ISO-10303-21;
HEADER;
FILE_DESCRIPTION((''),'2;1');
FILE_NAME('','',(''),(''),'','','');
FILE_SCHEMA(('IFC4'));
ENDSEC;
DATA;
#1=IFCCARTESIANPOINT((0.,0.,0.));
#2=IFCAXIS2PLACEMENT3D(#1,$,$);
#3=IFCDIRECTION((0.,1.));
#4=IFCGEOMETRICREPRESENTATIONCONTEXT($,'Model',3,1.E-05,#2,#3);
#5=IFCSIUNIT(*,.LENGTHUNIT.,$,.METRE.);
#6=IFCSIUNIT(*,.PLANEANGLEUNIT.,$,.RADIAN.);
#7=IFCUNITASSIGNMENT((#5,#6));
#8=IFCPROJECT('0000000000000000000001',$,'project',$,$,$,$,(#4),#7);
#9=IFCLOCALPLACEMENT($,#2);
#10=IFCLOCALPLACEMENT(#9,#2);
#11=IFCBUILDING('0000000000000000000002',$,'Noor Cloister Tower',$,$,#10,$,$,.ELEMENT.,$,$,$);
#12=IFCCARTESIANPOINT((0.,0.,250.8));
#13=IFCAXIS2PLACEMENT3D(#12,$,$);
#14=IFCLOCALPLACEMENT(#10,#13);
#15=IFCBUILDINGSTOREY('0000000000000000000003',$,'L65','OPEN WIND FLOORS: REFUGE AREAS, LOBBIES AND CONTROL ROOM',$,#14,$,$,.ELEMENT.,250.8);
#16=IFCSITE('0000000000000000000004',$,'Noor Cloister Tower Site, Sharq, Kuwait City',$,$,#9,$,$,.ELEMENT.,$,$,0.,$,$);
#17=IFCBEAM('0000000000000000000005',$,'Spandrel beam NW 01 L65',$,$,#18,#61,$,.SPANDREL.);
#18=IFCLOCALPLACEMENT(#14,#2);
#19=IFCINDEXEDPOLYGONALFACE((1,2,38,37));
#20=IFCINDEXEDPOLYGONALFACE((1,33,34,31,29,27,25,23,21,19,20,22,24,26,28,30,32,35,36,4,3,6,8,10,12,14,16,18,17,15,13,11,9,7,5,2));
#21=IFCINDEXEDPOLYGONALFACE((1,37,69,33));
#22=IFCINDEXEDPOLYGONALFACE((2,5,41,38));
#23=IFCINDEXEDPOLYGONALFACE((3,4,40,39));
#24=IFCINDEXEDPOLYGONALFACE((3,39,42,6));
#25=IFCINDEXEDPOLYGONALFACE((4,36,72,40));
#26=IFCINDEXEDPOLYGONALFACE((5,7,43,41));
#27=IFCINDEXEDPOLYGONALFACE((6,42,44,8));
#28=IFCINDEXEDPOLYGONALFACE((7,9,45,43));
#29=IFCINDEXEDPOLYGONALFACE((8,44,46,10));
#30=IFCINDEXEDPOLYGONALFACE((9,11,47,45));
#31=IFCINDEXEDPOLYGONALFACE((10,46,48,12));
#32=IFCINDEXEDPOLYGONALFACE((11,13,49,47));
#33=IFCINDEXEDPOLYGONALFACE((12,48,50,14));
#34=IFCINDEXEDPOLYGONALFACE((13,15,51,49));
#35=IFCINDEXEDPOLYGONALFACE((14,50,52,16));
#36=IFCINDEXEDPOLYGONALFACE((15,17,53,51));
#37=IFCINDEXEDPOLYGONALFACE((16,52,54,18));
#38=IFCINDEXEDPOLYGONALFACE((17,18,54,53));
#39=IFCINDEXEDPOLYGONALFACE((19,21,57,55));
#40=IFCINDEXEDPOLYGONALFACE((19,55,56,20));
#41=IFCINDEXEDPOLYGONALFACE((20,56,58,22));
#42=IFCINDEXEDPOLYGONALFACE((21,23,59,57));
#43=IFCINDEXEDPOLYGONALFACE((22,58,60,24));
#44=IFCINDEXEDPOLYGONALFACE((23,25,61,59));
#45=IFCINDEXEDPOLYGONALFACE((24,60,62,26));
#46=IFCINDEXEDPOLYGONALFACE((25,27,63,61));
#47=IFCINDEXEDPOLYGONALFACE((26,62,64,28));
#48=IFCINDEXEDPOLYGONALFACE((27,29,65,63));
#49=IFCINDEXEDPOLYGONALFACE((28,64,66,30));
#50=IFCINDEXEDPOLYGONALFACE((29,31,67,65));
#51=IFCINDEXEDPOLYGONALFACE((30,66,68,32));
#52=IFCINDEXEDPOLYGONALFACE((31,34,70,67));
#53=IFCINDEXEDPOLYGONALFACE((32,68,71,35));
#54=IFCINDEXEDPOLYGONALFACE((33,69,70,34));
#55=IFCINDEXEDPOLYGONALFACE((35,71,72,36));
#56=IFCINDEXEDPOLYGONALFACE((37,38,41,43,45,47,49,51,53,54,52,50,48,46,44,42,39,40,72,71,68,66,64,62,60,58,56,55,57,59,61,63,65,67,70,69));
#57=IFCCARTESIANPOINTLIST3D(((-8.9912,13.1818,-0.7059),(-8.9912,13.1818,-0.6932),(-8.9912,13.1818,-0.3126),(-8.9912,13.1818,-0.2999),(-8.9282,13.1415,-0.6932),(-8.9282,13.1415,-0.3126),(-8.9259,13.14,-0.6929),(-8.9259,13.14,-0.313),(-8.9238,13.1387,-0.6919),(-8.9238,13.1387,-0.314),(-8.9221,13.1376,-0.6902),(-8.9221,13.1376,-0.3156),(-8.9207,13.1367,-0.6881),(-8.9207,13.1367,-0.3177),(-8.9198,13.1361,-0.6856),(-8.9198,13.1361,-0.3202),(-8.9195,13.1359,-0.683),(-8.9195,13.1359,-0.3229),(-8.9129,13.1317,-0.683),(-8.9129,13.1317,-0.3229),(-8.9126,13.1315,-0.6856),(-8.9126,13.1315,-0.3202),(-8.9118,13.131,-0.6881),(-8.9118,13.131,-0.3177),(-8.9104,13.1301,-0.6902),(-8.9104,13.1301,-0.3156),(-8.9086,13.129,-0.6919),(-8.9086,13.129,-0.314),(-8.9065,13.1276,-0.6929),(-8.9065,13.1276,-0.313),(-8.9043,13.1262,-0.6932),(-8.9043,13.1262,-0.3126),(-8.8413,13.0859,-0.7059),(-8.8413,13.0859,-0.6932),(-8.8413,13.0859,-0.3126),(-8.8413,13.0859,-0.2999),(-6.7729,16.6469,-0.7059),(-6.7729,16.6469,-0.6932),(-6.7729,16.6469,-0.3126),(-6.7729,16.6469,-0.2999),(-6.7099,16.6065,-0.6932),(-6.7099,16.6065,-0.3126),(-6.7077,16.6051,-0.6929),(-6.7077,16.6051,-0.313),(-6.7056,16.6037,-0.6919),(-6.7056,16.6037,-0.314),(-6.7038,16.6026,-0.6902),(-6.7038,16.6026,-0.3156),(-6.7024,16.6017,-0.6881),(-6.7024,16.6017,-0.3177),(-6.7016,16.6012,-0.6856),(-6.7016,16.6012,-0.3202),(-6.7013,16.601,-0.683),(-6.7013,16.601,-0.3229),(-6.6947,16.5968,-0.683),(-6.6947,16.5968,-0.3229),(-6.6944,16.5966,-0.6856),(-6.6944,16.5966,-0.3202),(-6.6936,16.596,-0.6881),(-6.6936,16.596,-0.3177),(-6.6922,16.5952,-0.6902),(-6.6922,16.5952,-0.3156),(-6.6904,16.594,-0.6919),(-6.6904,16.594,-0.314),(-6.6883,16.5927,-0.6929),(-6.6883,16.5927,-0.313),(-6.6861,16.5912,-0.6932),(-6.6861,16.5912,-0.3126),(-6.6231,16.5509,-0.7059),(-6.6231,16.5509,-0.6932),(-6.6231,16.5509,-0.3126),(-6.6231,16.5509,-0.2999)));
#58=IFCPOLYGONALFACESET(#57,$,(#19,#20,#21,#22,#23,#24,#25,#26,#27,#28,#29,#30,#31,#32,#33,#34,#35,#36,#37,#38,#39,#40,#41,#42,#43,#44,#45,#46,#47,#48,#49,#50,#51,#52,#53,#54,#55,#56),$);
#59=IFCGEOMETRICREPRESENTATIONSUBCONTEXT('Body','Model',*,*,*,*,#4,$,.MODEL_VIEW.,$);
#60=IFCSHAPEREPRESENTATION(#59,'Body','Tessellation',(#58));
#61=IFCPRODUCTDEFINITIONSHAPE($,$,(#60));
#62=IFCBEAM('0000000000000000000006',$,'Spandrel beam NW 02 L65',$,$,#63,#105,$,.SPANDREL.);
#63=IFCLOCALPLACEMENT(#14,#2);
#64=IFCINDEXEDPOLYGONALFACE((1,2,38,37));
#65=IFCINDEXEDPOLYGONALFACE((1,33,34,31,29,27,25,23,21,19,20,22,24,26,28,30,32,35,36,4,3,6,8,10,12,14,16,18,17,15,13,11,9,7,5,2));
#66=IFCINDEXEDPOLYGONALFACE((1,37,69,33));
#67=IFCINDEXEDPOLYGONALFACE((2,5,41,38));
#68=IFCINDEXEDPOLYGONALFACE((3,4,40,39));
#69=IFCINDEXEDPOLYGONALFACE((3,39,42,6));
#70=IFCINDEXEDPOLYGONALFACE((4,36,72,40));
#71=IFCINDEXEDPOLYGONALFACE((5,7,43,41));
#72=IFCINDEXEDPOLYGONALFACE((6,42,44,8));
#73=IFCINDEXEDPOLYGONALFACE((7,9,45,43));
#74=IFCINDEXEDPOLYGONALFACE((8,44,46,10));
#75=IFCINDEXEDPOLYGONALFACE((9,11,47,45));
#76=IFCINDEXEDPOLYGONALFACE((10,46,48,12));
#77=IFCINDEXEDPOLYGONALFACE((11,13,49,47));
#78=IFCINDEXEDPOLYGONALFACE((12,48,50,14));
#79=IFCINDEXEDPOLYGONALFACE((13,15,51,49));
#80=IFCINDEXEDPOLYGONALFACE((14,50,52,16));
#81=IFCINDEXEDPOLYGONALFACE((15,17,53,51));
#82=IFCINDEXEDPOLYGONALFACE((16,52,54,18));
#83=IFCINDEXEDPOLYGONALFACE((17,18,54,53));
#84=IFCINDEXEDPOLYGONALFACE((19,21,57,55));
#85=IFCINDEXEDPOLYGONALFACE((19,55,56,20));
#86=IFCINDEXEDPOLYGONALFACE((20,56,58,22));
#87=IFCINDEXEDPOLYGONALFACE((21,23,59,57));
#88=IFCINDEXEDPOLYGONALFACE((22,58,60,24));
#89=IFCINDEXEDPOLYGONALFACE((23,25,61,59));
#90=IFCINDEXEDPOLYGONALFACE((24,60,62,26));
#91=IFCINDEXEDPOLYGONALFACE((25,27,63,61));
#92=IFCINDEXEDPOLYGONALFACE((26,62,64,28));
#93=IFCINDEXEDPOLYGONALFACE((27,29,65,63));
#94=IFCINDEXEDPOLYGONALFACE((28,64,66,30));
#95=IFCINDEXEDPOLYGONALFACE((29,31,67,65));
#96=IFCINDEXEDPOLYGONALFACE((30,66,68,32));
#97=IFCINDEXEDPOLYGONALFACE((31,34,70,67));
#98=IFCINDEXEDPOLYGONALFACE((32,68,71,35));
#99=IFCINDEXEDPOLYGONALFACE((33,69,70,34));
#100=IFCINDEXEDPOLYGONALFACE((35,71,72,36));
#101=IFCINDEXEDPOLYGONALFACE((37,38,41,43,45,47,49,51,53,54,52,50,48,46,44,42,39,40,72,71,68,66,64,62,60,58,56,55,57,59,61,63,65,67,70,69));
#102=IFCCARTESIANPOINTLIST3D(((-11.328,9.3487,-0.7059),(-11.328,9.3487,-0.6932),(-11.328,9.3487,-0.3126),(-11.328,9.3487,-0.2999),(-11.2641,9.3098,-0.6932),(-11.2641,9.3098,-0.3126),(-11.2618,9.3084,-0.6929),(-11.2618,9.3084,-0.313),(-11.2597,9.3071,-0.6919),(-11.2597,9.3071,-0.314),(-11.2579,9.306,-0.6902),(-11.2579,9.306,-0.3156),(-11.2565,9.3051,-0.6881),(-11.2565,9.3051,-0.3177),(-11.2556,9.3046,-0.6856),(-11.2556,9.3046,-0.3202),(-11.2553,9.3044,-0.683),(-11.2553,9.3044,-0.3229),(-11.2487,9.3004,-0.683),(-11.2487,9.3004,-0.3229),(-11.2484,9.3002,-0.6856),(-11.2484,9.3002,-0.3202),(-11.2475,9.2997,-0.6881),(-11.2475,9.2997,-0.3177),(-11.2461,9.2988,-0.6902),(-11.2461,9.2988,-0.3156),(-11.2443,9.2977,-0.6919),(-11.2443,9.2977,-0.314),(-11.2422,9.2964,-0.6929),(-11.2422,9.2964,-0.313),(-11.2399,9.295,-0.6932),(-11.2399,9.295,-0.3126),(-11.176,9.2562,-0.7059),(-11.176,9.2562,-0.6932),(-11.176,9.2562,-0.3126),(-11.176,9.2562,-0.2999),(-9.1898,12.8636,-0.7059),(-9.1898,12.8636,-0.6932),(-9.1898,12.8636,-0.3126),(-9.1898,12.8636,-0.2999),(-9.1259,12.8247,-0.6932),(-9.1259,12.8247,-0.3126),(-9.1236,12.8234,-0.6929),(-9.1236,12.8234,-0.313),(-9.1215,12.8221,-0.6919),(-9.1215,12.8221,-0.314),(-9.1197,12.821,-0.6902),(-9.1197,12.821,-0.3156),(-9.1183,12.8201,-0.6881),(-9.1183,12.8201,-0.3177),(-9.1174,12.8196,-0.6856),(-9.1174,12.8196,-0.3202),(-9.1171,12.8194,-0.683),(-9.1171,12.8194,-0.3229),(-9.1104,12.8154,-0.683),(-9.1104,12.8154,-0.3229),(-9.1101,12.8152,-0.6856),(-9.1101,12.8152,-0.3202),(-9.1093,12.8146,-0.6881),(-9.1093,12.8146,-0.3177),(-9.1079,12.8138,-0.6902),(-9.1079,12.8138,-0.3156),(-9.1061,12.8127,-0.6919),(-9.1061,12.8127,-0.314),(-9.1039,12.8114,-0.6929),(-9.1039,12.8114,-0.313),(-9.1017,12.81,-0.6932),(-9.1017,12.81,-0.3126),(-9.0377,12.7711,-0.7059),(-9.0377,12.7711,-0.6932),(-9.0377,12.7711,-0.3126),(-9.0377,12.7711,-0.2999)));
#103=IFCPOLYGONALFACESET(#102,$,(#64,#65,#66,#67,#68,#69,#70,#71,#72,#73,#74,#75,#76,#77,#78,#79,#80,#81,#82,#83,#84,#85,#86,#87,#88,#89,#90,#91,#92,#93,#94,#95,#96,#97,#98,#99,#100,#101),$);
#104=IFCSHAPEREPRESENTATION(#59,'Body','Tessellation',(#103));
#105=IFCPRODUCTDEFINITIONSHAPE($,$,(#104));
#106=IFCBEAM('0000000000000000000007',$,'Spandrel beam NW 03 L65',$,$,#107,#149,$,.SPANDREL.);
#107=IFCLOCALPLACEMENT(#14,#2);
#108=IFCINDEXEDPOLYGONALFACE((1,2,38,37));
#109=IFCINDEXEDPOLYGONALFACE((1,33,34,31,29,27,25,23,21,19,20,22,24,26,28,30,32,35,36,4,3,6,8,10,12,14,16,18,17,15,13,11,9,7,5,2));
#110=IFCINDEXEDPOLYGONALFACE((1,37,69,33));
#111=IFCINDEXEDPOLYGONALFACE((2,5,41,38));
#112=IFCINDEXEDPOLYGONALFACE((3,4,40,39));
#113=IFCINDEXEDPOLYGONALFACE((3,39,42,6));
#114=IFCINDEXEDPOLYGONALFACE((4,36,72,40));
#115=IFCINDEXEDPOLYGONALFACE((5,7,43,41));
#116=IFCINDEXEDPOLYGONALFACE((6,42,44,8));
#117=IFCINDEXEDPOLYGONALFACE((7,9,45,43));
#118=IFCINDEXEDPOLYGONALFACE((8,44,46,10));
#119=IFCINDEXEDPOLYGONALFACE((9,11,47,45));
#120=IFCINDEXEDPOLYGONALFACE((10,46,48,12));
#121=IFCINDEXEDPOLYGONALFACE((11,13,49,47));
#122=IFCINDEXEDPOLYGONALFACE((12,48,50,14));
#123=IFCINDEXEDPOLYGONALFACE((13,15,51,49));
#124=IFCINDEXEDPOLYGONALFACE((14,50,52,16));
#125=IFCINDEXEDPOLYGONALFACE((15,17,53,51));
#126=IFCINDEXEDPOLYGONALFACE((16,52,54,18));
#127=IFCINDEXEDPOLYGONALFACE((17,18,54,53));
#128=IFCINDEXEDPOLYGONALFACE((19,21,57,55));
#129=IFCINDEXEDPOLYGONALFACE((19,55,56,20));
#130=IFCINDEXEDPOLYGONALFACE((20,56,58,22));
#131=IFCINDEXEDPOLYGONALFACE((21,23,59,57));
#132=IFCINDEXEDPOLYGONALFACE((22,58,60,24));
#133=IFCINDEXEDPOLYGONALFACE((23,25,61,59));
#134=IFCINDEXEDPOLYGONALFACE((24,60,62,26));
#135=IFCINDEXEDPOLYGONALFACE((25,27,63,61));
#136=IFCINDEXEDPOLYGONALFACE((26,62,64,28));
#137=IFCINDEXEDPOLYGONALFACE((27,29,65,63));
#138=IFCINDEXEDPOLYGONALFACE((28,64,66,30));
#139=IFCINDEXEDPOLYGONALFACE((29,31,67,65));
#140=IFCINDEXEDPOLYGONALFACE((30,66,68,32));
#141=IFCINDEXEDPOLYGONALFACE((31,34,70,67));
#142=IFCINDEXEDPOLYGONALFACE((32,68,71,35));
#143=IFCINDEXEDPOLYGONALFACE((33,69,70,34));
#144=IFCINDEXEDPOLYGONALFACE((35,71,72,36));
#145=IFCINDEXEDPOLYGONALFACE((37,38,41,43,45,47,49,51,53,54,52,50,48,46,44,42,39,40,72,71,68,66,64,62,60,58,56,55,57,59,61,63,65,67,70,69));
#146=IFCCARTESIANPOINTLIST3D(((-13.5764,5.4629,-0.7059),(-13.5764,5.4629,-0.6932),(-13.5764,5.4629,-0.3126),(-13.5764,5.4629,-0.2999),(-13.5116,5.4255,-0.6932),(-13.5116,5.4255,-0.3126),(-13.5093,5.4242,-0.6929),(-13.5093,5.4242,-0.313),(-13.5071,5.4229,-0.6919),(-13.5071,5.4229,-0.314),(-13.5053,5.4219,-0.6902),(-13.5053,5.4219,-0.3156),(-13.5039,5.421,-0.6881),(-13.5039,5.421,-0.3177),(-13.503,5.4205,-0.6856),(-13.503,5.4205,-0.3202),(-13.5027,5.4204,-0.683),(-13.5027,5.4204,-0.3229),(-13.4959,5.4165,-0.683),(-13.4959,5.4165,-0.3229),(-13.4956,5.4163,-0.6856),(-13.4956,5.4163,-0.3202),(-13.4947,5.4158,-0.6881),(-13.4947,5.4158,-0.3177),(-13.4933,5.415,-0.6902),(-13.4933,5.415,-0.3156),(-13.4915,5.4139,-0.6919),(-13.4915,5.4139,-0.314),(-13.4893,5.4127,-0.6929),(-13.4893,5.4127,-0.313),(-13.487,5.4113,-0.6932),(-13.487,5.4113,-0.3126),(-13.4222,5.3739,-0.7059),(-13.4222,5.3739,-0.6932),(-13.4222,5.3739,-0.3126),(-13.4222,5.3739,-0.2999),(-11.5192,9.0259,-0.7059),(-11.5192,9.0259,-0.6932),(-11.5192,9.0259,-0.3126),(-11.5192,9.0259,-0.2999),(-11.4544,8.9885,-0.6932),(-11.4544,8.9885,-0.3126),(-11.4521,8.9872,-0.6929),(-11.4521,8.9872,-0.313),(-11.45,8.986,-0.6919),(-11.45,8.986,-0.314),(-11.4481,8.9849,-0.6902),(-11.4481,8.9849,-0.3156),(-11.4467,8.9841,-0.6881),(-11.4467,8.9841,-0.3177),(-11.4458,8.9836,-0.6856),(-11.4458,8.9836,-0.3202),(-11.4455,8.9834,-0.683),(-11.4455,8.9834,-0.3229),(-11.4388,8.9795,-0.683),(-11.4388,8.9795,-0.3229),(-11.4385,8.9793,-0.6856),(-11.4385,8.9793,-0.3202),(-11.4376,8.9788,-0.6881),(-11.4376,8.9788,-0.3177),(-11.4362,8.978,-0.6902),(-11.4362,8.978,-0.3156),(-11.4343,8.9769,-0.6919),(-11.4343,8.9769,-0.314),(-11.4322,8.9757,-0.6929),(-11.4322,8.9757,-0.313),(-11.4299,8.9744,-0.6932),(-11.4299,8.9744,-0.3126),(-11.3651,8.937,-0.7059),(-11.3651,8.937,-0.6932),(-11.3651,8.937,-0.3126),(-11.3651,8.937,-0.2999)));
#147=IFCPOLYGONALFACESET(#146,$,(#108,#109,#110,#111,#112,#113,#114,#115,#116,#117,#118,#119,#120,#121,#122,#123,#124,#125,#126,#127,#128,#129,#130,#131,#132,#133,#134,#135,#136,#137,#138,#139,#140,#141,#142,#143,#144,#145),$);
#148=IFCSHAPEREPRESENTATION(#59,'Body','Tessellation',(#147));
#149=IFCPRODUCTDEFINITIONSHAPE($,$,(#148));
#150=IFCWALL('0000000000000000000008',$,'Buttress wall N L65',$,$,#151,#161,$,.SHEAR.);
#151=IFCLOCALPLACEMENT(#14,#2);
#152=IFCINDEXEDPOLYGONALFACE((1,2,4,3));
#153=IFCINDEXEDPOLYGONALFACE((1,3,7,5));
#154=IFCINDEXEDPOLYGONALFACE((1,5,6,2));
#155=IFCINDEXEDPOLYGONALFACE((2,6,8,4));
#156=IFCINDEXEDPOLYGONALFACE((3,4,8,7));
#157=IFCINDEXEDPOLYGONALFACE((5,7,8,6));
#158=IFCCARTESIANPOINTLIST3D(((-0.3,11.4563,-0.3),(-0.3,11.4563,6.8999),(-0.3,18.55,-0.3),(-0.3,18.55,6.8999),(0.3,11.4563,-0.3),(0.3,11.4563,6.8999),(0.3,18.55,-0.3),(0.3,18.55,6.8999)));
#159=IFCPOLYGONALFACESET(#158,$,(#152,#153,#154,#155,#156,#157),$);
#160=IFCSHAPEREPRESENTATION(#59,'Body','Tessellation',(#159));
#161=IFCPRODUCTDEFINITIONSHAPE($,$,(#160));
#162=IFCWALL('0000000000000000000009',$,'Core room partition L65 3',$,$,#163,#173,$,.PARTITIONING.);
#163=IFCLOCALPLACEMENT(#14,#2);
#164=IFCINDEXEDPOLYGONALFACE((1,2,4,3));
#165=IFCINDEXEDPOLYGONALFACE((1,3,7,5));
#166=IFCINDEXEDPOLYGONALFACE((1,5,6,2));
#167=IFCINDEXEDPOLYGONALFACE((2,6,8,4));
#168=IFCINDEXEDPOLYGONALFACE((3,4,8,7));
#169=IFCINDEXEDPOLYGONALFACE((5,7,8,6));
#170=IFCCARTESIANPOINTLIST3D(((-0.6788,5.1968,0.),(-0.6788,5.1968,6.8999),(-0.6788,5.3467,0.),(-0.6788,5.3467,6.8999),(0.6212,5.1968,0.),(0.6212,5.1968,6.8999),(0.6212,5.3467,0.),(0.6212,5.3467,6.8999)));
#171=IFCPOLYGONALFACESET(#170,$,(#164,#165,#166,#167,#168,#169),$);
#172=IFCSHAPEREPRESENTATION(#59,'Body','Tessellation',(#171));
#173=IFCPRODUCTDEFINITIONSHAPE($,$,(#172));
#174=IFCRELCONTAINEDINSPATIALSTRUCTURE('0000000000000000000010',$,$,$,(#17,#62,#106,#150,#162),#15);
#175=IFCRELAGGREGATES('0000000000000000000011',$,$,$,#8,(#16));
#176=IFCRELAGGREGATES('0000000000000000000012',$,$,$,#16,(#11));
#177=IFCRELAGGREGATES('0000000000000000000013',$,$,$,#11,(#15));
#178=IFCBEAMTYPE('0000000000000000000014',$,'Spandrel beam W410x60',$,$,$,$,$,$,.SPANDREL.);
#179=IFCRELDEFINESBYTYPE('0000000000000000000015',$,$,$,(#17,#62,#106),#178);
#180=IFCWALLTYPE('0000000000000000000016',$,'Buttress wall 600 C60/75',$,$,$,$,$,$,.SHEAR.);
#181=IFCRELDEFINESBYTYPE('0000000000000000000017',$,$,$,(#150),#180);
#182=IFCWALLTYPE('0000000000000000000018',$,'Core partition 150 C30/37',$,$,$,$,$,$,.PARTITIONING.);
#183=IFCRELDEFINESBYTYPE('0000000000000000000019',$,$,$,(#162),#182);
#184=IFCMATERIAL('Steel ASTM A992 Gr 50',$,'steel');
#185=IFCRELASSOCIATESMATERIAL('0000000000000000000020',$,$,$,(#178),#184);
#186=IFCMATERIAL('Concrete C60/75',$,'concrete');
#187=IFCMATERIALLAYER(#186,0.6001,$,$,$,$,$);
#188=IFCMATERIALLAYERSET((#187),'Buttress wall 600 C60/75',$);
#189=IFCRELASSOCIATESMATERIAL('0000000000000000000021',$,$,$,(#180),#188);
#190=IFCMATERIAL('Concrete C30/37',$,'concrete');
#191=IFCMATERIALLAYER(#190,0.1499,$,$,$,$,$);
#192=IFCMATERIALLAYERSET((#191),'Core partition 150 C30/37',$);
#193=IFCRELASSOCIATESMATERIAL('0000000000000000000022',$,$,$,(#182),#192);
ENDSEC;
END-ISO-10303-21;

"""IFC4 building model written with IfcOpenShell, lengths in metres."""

from ifc_helpers import new_model, si_unit, direction, frame, frame_2d, origin, origin_2d, place, context, subcontext, project, spatial, rectangle, i_section, extrude, material, layer, layer_set, material_profile, profile_set, type_object, element, save


model = new_model("IFC4")

# Units and contexts
model_context = context("Model", 3, precision=1e-05, world=origin(), true_north=direction((0.0, 1.0)))
body_context = subcontext(model_context, "Body", "Model", "MODEL_VIEW")
ifc_project = project(units=[si_unit("LENGTHUNIT", "METRE"), si_unit("PLANEANGLEUNIT", "RADIAN")], contexts=[model_context])

# Site, building, storey
site_placement = place(None, origin())
site = spatial("IfcSite", under=ifc_project, at=site_placement, Name="Noor Cloister Tower Site, Sharq, Kuwait City", CompositionType="ELEMENT", RefElevation=0.0)
building_placement = place(site_placement, origin())
building = spatial("IfcBuilding", under=site, at=building_placement, Name="Noor Cloister Tower", CompositionType="ELEMENT")
storey_placement = place(building_placement, frame((0.0, 0.0, 250.8)))
storey = spatial("IfcBuildingStorey", under=building, at=storey_placement, Name="L65", Description="OPEN WIND FLOORS: REFUGE AREAS, LOBBIES AND CONTROL ROOM", CompositionType="ELEMENT", Elevation=250.8)

# Beams
ifc_material_1 = material(Name="Steel ASTM A992 Gr 50", Category="steel")
ifc_material_profile_1 = material_profile(ifc_material_1, i_section(OverallWidth=0.178, OverallDepth=0.406, WebThickness=0.0078, FlangeThickness=0.0127, FilletRadius=0.0103, at=origin_2d()), Name="W410x60")
ifc_profile_set_1 = profile_set([ifc_material_profile_1], Name="Steel ASTM A992 Gr 50")
beam_type_1 = type_object("IfcBeamType", Name="Spandrel beam W410x60", PredefinedType="SPANDREL", material=ifc_profile_set_1)
for number, where, z_axis, x_axis, name in (
    (1, (-6.698, 16.5989, -0.5029), (-0.539158, -0.842205, 0.0), (0.842205, -0.539158, 0.0), "Spandrel beam NW 01 L65"),
    (2, (-9.1138, 12.8174, -0.5029), (-0.519713, -0.854341, 0.0), (0.854341, -0.519713, 0.0), "Spandrel beam NW 02 L65"),
    (3, (-11.4421, 8.9814, -0.5029), (-0.500007, -0.866022, 0.0), (0.866022, -0.500007, 0.0), "Spandrel beam NW 03 L65"),
):
    element("IfcBeam", number, at=place(storey_placement, frame(where, z_axis=z_axis, x_axis=x_axis)), inside=storey, type_object=beam_type_1, Name=name, PredefinedType="SPANDREL", context=body_context, shape_type="SweptSolid", body=[
        extrude(i_section(OverallWidth=0.178, OverallDepth=0.406, WebThickness=0.0078, FlangeThickness=0.0127, FilletRadius=0.0103, at=origin_2d()), origin(), (0.0, 0.0, 1.0), 4.1143),
    ])

# Walls
ifc_material_2 = material(Name="Concrete C60/75", Category="concrete")
ifc_layer_1 = layer(ifc_material_2, 0.6001)
ifc_layer_set_1 = layer_set([ifc_layer_1], Name="Buttress wall 600 C60/75")
wall_type_1 = type_object("IfcWallType", Name="Buttress wall 600 C60/75", PredefinedType="SHEAR", material=ifc_layer_set_1)
wall_1_placement = place(storey_placement, frame((0.0, 11.4563, -0.3), z_axis=(0.0, 0.0, 1.0), x_axis=(0.0, 1.0, 0.0)))
element("IfcWall", 4, at=wall_1_placement, inside=storey, type_object=wall_type_1, Name="Buttress wall N L65", PredefinedType="SHEAR", context=body_context, shape_type="SweptSolid", body=[
    extrude(rectangle(XDim=7.0938, YDim=0.6001, at=frame_2d((3.5469, 0.0))), origin(), (0.0, 0.0, 1.0), 7.2),
])
ifc_material_3 = material(Name="Concrete C30/37", Category="concrete")
ifc_layer_2 = layer(ifc_material_3, 0.1499)
ifc_layer_set_2 = layer_set([ifc_layer_2], Name="Core partition 150 C30/37")
wall_type_2 = type_object("IfcWallType", Name="Core partition 150 C30/37", PredefinedType="PARTITIONING", material=ifc_layer_set_2)
wall_2_placement = place(storey_placement, frame((-0.6787, 5.2717, 0.0), z_axis=(0.0, 0.0, 1.0), x_axis=(1.0, 0.0, 0.0)))
element("IfcWall", 5, at=wall_2_placement, inside=storey, type_object=wall_type_2, Name="Core room partition L65 3", PredefinedType="PARTITIONING", context=body_context, shape_type="SweptSolid", body=[
    extrude(rectangle(XDim=1.3, YDim=0.1499, at=frame_2d((0.6499, 0.0))), origin(), (0.0, 0.0, 1.0), 6.8999),
])

save(model, "model.ifc")
